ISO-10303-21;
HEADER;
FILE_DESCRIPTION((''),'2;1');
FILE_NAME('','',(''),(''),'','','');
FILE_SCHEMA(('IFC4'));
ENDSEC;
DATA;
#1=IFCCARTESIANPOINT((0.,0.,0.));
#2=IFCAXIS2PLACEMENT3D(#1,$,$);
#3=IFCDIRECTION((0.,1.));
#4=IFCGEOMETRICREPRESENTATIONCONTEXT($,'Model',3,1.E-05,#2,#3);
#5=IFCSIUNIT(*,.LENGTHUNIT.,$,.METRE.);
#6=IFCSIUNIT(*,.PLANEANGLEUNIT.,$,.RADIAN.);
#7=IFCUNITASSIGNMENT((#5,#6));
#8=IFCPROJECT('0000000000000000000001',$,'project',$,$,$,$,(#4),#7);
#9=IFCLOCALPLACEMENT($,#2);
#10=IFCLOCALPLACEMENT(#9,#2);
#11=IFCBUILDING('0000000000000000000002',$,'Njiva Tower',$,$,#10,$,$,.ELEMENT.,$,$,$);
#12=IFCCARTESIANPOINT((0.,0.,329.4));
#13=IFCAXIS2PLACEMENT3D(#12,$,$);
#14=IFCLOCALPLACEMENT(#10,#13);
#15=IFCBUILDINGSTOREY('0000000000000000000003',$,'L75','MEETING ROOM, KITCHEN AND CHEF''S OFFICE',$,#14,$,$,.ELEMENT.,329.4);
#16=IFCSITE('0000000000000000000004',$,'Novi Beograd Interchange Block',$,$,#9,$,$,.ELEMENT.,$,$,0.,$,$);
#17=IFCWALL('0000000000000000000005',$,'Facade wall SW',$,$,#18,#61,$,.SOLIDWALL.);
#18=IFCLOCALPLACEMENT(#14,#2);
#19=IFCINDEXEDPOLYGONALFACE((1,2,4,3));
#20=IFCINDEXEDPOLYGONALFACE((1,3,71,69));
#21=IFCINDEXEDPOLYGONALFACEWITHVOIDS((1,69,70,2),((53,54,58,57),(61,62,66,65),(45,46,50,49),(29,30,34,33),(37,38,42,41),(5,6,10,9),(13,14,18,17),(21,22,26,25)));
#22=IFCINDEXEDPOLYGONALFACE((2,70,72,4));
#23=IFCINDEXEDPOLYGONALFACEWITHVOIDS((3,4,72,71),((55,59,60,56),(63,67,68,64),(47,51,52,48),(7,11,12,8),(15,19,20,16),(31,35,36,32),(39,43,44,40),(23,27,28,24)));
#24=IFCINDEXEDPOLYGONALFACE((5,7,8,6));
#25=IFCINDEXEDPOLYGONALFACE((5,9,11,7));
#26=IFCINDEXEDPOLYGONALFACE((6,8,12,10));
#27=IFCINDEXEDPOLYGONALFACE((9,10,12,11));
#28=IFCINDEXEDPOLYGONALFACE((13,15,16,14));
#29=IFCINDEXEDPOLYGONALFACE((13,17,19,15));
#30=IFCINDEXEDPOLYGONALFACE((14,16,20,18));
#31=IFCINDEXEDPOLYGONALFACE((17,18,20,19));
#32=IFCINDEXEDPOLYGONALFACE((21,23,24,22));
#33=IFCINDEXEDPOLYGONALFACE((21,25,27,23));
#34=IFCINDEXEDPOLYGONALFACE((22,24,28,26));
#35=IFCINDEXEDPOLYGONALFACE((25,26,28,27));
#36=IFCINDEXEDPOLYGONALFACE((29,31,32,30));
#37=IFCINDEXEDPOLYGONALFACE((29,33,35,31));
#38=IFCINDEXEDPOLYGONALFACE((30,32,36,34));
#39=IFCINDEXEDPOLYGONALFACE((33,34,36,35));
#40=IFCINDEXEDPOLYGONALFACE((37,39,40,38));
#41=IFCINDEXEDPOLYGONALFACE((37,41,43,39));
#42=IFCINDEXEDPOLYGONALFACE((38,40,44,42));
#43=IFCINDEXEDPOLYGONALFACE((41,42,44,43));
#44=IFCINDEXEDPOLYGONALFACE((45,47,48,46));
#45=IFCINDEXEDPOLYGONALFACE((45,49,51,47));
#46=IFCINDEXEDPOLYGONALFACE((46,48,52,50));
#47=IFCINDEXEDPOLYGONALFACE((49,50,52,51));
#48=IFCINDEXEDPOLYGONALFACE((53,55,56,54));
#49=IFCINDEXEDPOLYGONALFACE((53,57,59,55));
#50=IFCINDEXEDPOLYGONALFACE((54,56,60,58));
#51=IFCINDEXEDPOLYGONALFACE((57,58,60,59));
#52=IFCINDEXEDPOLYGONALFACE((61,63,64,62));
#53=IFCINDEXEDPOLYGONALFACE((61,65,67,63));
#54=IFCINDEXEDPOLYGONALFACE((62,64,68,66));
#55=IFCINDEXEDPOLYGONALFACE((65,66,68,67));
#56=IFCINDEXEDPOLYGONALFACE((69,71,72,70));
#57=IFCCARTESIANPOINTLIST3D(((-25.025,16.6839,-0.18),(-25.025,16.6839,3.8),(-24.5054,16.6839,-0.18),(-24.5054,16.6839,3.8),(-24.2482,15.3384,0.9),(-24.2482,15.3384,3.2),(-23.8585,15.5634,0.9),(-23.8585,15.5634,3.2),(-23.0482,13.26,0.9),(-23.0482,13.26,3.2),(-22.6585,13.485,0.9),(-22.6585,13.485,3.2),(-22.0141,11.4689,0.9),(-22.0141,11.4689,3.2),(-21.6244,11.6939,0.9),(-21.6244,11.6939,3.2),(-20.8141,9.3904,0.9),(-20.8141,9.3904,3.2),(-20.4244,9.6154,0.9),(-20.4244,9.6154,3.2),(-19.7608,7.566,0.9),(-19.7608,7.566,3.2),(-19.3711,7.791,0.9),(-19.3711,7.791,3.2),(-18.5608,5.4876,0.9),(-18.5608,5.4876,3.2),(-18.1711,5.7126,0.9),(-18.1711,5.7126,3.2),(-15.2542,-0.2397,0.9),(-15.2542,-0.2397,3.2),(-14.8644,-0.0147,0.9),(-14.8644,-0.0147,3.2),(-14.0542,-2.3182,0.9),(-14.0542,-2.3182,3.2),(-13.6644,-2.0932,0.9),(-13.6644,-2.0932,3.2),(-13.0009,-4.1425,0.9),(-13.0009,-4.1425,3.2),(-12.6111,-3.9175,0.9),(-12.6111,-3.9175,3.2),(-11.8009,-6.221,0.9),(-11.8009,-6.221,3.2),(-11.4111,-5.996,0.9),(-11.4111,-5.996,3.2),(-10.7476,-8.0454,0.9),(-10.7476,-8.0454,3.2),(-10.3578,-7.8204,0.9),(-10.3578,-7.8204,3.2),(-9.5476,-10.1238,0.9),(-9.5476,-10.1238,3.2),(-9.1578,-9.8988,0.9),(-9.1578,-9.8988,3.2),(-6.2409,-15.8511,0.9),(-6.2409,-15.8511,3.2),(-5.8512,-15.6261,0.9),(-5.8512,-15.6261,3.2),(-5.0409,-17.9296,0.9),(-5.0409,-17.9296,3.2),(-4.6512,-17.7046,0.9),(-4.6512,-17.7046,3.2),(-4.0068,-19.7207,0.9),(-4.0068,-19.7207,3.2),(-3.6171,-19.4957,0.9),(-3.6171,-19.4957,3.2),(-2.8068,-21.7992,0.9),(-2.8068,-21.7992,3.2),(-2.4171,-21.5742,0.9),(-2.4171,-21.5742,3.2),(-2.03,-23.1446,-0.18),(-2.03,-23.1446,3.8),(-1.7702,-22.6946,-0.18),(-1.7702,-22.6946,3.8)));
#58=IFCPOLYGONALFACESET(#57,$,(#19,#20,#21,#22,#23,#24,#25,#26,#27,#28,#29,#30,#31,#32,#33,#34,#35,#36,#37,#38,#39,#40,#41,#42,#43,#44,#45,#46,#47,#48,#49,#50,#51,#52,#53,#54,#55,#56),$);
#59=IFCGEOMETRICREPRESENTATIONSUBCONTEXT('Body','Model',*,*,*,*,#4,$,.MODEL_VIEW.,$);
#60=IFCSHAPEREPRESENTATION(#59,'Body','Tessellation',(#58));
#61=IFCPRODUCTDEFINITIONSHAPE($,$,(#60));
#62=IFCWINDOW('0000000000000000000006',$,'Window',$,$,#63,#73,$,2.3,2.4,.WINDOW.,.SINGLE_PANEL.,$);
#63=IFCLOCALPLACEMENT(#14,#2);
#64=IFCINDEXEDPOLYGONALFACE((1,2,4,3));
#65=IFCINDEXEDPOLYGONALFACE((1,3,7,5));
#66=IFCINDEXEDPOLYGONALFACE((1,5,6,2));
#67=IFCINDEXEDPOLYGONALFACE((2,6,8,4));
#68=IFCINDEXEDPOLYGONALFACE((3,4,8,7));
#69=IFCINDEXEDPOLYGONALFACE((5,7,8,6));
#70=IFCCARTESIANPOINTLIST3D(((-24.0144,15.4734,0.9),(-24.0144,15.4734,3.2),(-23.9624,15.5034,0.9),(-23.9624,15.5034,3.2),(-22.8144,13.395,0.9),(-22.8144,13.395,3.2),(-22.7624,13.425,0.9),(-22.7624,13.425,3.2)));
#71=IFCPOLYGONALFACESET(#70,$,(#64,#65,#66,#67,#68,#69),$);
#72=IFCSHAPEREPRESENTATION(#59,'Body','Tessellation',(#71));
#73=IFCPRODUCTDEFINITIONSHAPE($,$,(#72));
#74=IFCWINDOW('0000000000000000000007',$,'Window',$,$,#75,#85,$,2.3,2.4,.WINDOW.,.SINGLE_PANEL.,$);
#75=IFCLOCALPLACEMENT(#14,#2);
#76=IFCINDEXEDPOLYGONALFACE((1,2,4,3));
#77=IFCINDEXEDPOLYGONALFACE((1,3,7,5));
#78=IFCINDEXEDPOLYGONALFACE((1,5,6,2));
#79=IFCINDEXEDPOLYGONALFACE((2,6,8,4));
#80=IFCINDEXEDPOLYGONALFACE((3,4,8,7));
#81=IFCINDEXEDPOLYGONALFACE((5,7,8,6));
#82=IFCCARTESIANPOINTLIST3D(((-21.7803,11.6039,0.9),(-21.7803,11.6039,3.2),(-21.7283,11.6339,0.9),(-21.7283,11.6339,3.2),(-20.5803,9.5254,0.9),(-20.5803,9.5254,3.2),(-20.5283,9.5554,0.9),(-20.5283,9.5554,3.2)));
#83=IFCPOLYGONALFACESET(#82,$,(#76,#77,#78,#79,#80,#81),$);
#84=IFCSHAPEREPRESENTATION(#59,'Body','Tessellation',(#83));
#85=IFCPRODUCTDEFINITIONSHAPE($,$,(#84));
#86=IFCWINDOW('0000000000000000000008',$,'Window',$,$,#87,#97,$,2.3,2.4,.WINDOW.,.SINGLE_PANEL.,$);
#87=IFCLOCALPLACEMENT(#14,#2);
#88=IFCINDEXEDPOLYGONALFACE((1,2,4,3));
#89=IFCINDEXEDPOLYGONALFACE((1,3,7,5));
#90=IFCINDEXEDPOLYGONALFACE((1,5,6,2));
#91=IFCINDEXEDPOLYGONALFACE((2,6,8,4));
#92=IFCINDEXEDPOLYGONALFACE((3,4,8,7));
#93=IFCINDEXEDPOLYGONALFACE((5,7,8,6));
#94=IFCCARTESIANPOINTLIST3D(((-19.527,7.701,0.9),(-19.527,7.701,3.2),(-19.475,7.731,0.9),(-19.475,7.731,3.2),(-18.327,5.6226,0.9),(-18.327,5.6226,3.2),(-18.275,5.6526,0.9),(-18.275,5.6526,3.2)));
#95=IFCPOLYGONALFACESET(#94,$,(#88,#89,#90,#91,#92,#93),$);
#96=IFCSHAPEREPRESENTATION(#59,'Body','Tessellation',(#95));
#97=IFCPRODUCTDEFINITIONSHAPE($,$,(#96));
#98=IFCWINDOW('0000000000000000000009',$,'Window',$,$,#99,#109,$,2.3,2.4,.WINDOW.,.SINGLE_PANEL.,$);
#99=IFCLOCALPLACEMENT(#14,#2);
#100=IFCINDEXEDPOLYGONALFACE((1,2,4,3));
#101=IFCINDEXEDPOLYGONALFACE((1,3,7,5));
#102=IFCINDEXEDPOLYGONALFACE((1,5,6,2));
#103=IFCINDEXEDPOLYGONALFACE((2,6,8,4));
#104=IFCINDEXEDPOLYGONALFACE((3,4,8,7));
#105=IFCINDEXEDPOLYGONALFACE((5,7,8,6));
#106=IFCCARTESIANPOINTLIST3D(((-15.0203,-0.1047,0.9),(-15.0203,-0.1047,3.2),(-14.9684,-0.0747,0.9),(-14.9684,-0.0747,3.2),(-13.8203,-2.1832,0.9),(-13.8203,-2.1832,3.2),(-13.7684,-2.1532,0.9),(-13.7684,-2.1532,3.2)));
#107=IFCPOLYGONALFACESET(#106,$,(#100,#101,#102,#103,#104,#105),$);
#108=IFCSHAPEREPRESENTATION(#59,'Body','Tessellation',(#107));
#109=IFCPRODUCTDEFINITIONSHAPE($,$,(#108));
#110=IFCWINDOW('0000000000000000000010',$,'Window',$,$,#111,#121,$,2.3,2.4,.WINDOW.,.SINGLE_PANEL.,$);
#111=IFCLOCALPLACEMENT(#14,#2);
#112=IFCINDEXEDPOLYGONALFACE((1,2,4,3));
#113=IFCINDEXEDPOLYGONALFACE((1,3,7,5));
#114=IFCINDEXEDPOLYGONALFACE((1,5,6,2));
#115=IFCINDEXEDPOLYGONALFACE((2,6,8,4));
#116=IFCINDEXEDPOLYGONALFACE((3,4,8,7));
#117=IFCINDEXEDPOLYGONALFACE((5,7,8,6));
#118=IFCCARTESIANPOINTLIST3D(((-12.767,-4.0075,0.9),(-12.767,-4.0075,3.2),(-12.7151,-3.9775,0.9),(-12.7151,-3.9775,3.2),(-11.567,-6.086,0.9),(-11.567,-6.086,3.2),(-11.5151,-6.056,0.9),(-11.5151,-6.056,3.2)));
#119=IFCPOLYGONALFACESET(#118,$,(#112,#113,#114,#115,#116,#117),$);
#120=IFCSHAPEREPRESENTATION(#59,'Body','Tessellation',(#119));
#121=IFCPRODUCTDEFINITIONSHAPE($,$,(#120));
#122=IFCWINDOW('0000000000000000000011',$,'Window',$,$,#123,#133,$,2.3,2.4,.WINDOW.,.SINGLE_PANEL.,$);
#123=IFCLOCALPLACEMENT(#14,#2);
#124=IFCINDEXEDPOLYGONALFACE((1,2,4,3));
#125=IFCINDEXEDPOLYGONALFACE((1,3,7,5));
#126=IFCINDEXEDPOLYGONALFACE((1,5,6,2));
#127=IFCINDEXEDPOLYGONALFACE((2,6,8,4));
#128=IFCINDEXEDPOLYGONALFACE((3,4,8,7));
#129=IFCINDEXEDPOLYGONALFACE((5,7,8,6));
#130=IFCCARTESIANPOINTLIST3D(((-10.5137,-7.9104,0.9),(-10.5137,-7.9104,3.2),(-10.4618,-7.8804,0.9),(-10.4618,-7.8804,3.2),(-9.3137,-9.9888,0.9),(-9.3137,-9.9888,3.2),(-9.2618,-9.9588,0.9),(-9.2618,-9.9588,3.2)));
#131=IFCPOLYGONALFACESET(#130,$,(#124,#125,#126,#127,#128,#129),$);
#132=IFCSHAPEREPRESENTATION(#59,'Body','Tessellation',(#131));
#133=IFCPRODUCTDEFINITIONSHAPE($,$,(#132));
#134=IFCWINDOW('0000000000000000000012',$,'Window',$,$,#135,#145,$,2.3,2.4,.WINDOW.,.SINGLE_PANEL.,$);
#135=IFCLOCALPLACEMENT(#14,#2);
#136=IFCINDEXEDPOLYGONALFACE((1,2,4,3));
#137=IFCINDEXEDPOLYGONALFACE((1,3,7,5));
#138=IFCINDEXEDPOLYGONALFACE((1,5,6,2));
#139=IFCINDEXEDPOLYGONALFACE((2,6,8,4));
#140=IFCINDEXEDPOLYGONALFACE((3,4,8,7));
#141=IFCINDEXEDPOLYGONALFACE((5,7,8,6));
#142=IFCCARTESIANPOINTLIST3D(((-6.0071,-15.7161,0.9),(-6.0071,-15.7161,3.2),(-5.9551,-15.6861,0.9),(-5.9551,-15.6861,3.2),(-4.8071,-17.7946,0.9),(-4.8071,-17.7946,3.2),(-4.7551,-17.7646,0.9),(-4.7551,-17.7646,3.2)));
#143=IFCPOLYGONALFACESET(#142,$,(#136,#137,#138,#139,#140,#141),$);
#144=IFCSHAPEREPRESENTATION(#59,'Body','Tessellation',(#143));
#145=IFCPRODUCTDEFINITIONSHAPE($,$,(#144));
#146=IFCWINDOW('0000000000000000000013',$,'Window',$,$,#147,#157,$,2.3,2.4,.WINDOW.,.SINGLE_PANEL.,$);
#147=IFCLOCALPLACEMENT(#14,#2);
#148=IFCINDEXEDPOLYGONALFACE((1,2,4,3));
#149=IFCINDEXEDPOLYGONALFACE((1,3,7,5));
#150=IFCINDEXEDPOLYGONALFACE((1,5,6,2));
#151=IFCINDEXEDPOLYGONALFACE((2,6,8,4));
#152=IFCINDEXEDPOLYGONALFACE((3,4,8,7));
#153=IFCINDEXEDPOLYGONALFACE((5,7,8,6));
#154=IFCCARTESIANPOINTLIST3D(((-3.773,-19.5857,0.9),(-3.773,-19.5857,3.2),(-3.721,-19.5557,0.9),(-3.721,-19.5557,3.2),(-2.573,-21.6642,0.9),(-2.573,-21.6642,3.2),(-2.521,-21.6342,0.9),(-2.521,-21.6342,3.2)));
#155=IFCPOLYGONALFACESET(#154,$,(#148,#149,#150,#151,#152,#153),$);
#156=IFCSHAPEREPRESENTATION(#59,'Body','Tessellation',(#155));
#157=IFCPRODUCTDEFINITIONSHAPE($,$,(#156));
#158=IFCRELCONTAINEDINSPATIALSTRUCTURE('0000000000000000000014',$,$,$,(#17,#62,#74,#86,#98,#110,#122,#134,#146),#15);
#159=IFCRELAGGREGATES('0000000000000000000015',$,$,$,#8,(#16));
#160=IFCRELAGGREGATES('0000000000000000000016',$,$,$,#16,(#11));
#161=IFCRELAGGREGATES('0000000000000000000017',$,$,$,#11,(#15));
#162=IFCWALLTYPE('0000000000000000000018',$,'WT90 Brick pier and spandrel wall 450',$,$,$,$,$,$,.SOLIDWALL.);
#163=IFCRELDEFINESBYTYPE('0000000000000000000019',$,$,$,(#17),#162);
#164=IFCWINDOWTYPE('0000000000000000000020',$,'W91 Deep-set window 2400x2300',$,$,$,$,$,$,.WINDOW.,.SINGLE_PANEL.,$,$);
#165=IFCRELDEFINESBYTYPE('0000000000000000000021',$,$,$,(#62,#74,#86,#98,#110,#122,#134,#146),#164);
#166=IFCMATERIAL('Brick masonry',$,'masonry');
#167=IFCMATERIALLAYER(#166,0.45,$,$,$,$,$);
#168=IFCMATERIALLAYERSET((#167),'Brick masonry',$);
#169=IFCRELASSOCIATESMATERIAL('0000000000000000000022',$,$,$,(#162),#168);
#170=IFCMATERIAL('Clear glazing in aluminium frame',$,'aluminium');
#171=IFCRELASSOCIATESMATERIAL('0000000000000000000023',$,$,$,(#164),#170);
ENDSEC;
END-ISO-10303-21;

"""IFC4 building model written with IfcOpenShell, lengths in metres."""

from ifc_helpers import new_model, si_unit, direction, frame, frame_2d, origin, place, context, subcontext, project, spatial, polyline, rectangle, outline, extrude, material, layer, layer_set, type_object, element, fill, save


model = new_model("IFC4")

# Units and contexts
model_context = context("Model", 3, precision=1e-05, world=origin(), true_north=direction((0.0, 1.0)))
body_context = subcontext(model_context, "Body", "Model", "MODEL_VIEW")
ifc_project = project(units=[si_unit("LENGTHUNIT", "METRE"), si_unit("PLANEANGLEUNIT", "RADIAN")], contexts=[model_context])

# Site, building, storey
site_placement = place(None, origin())
site = spatial("IfcSite", under=ifc_project, at=site_placement, Name="Novi Beograd Interchange Block", CompositionType="ELEMENT", RefElevation=0.0)
building_placement = place(site_placement, origin())
building = spatial("IfcBuilding", under=site, at=building_placement, Name="Njiva Tower", CompositionType="ELEMENT")
storey_placement = place(building_placement, frame((0.0, 0.0, 329.4)))
storey = spatial("IfcBuildingStorey", under=building, at=storey_placement, Name="L75", Description="MEETING ROOM, KITCHEN AND CHEF'S OFFICE", CompositionType="ELEMENT", Elevation=329.4)

# Wall, openings, windows
ifc_material_1 = material(Name="Brick masonry", Category="masonry")
ifc_layer_1 = layer(ifc_material_1, 0.45)
ifc_layer_set_1 = layer_set([ifc_layer_1], Name="Brick masonry")
wall_type_1 = type_object("IfcWallType", Name="WT90 Brick pier and spandrel wall 450", PredefinedType="SOLIDWALL", material=ifc_layer_set_1)
wall_1_placement = place(storey_placement, frame((-24.7652, 16.6839, -0.18), z_axis=(0.0, 0.0, 1.0), x_axis=(0.5, -0.866025, 0.0)))
wall_1 = element("IfcWall", 1, at=wall_1_placement, inside=storey, type_object=wall_type_1, Name="Facade wall SW", PredefinedType="SOLIDWALL", context=body_context, shape_type="SweptSolid", body=[
    extrude(outline(polyline([(-0.1299, -0.225), (45.8601, -0.225), (45.6003, 0.225), (0.1299, 0.225), (-0.1299, -0.225)])), origin(), (0.0, 0.0, 1.0), 3.98),
])
opening_1_placement = place(wall_1_placement, frame((1.4237, 0.0, 1.08)))
opening_1 = element("IfcOpeningElement", 2, at=opening_1_placement, cuts=wall_1, PredefinedType="OPENING", context=body_context, shape_type="SweptSolid", body=[
    extrude(rectangle(XDim=2.4, YDim=2.3, at=frame_2d((1.2, 1.15))), frame((0.0, 0.235, 0.0), z_axis=(0.0, -1.0, 0.0), x_axis=(1.0, 0.0, 0.0)), (0.0, 0.0, 1.0), 0.47),
])
opening_2_placement = place(wall_1_placement, frame((5.8919, 0.0, 1.08)))
opening_2 = element("IfcOpeningElement", 3, at=opening_2_placement, cuts=wall_1, PredefinedType="OPENING", context=body_context, shape_type="SweptSolid", body=[
    extrude(rectangle(XDim=2.4, YDim=2.3, at=frame_2d((1.2, 1.15))), frame((0.0, 0.235, 0.0), z_axis=(0.0, -1.0, 0.0), x_axis=(1.0, 0.0, 0.0)), (0.0, 0.0, 1.0), 0.47),
])
opening_3_placement = place(wall_1_placement, frame((10.3985, 0.0, 1.08)))
opening_3 = element("IfcOpeningElement", 4, at=opening_3_placement, cuts=wall_1, PredefinedType="OPENING", context=body_context, shape_type="SweptSolid", body=[
    extrude(rectangle(XDim=2.4, YDim=2.3, at=frame_2d((1.2, 1.15))), frame((0.0, 0.235, 0.0), z_axis=(0.0, -1.0, 0.0), x_axis=(1.0, 0.0, 0.0)), (0.0, 0.0, 1.0), 0.47),
])
opening_4_placement = place(wall_1_placement, frame((19.4118, 0.0, 1.08)))
opening_4 = element("IfcOpeningElement", 5, at=opening_4_placement, cuts=wall_1, PredefinedType="OPENING", context=body_context, shape_type="SweptSolid", body=[
    extrude(rectangle(XDim=2.4, YDim=2.3, at=frame_2d((1.2, 1.15))), frame((0.0, 0.235, 0.0), z_axis=(0.0, -1.0, 0.0), x_axis=(1.0, 0.0, 0.0)), (0.0, 0.0, 1.0), 0.47),
])
opening_5_placement = place(wall_1_placement, frame((23.9184, 0.0, 1.08)))
opening_5 = element("IfcOpeningElement", 6, at=opening_5_placement, cuts=wall_1, PredefinedType="OPENING", context=body_context, shape_type="SweptSolid", body=[
    extrude(rectangle(XDim=2.4, YDim=2.3, at=frame_2d((1.2, 1.15))), frame((0.0, 0.235, 0.0), z_axis=(0.0, -1.0, 0.0), x_axis=(1.0, 0.0, 0.0)), (0.0, 0.0, 1.0), 0.47),
])
opening_6_placement = place(wall_1_placement, frame((28.425, 0.0, 1.08)))
opening_6 = element("IfcOpeningElement", 7, at=opening_6_placement, cuts=wall_1, PredefinedType="OPENING", context=body_context, shape_type="SweptSolid", body=[
    extrude(rectangle(XDim=2.4, YDim=2.3, at=frame_2d((1.2, 1.15))), frame((0.0, 0.235, 0.0), z_axis=(0.0, -1.0, 0.0), x_axis=(1.0, 0.0, 0.0)), (0.0, 0.0, 1.0), 0.47),
])
opening_7_placement = place(wall_1_placement, frame((37.4383, 0.0, 1.08)))
opening_7 = element("IfcOpeningElement", 8, at=opening_7_placement, cuts=wall_1, PredefinedType="OPENING", context=body_context, shape_type="SweptSolid", body=[
    extrude(rectangle(XDim=2.4, YDim=2.3, at=frame_2d((1.2, 1.15))), frame((0.0, 0.235, 0.0), z_axis=(0.0, -1.0, 0.0), x_axis=(1.0, 0.0, 0.0)), (0.0, 0.0, 1.0), 0.47),
])
opening_8_placement = place(wall_1_placement, frame((41.9065, 0.0, 1.08)))
opening_8 = element("IfcOpeningElement", 9, at=opening_8_placement, cuts=wall_1, PredefinedType="OPENING", context=body_context, shape_type="SweptSolid", body=[
    extrude(rectangle(XDim=2.4, YDim=2.3, at=frame_2d((1.2, 1.15))), frame((0.0, 0.235, 0.0), z_axis=(0.0, -1.0, 0.0), x_axis=(1.0, 0.0, 0.0)), (0.0, 0.0, 1.0), 0.47),
])
ifc_material_2 = material(Name="Clear glazing in aluminium frame", Category="aluminium")
window_type_1 = type_object("IfcWindowType", Name="W91 Deep-set window 2400x2300", PartitioningType="SINGLE_PANEL", PredefinedType="WINDOW", material=ifc_material_2)
window_1_placement = place(opening_1_placement, origin())
window_1 = element("IfcWindow", 10, at=window_1_placement, inside=storey, type_object=window_type_1, Name="Window", OverallHeight=2.3, OverallWidth=2.4, PartitioningType="SINGLE_PANEL", PredefinedType="WINDOW", context=body_context, shape_type="SweptSolid", body=[
    extrude(rectangle(XDim=2.4, YDim=2.3, at=frame_2d((1.2, 1.15))), frame((0.0, 0.105, 0.0), z_axis=(0.0, -1.0, 0.0), x_axis=(1.0, 0.0, 0.0)), (0.0, 0.0, 1.0), 0.06),
])
fill(opening_1, window_1)
window_2_placement = place(opening_2_placement, origin())
window_2 = element("IfcWindow", 11, at=window_2_placement, inside=storey, type_object=window_type_1, Name="Window", OverallHeight=2.3, OverallWidth=2.4, PartitioningType="SINGLE_PANEL", PredefinedType="WINDOW", context=body_context, shape_type="SweptSolid", body=[
    extrude(rectangle(XDim=2.4, YDim=2.3, at=frame_2d((1.2, 1.15))), frame((0.0, 0.105, 0.0), z_axis=(0.0, -1.0, 0.0), x_axis=(1.0, 0.0, 0.0)), (0.0, 0.0, 1.0), 0.06),
])
fill(opening_2, window_2)
window_3_placement = place(opening_3_placement, origin())
window_3 = element("IfcWindow", 12, at=window_3_placement, inside=storey, type_object=window_type_1, Name="Window", OverallHeight=2.3, OverallWidth=2.4, PartitioningType="SINGLE_PANEL", PredefinedType="WINDOW", context=body_context, shape_type="SweptSolid", body=[
    extrude(rectangle(XDim=2.4, YDim=2.3, at=frame_2d((1.2, 1.15))), frame((0.0, 0.105, 0.0), z_axis=(0.0, -1.0, 0.0), x_axis=(1.0, 0.0, 0.0)), (0.0, 0.0, 1.0), 0.06),
])
fill(opening_3, window_3)
window_4_placement = place(opening_4_placement, origin())
window_4 = element("IfcWindow", 13, at=window_4_placement, inside=storey, type_object=window_type_1, Name="Window", OverallHeight=2.3, OverallWidth=2.4, PartitioningType="SINGLE_PANEL", PredefinedType="WINDOW", context=body_context, shape_type="SweptSolid", body=[
    extrude(rectangle(XDim=2.4, YDim=2.3, at=frame_2d((1.2, 1.15))), frame((0.0, 0.105, 0.0), z_axis=(0.0, -1.0, 0.0), x_axis=(1.0, 0.0, 0.0)), (0.0, 0.0, 1.0), 0.06),
])
fill(opening_4, window_4)
window_5_placement = place(opening_5_placement, origin())
window_5 = element("IfcWindow", 14, at=window_5_placement, inside=storey, type_object=window_type_1, Name="Window", OverallHeight=2.3, OverallWidth=2.4, PartitioningType="SINGLE_PANEL", PredefinedType="WINDOW", context=body_context, shape_type="SweptSolid", body=[
    extrude(rectangle(XDim=2.4, YDim=2.3, at=frame_2d((1.2, 1.15))), frame((0.0, 0.105, 0.0), z_axis=(0.0, -1.0, 0.0), x_axis=(1.0, 0.0, 0.0)), (0.0, 0.0, 1.0), 0.06),
])
fill(opening_5, window_5)
window_6_placement = place(opening_6_placement, origin())
window_6 = element("IfcWindow", 15, at=window_6_placement, inside=storey, type_object=window_type_1, Name="Window", OverallHeight=2.3, OverallWidth=2.4, PartitioningType="SINGLE_PANEL", PredefinedType="WINDOW", context=body_context, shape_type="SweptSolid", body=[
    extrude(rectangle(XDim=2.4, YDim=2.3, at=frame_2d((1.2, 1.15))), frame((0.0, 0.105, 0.0), z_axis=(0.0, -1.0, 0.0), x_axis=(1.0, 0.0, 0.0)), (0.0, 0.0, 1.0), 0.06),
])
fill(opening_6, window_6)
window_7_placement = place(opening_7_placement, origin())
window_7 = element("IfcWindow", 16, at=window_7_placement, inside=storey, type_object=window_type_1, Name="Window", OverallHeight=2.3, OverallWidth=2.4, PartitioningType="SINGLE_PANEL", PredefinedType="WINDOW", context=body_context, shape_type="SweptSolid", body=[
    extrude(rectangle(XDim=2.4, YDim=2.3, at=frame_2d((1.2, 1.15))), frame((0.0, 0.105, 0.0), z_axis=(0.0, -1.0, 0.0), x_axis=(1.0, 0.0, 0.0)), (0.0, 0.0, 1.0), 0.06),
])
fill(opening_7, window_7)
window_8_placement = place(opening_8_placement, origin())
window_8 = element("IfcWindow", 17, at=window_8_placement, inside=storey, type_object=window_type_1, Name="Window", OverallHeight=2.3, OverallWidth=2.4, PartitioningType="SINGLE_PANEL", PredefinedType="WINDOW", context=body_context, shape_type="SweptSolid", body=[
    extrude(rectangle(XDim=2.4, YDim=2.3, at=frame_2d((1.2, 1.15))), frame((0.0, 0.105, 0.0), z_axis=(0.0, -1.0, 0.0), x_axis=(1.0, 0.0, 0.0)), (0.0, 0.0, 1.0), 0.06),
])
fill(opening_8, window_8)

save(model, "model.ifc")
